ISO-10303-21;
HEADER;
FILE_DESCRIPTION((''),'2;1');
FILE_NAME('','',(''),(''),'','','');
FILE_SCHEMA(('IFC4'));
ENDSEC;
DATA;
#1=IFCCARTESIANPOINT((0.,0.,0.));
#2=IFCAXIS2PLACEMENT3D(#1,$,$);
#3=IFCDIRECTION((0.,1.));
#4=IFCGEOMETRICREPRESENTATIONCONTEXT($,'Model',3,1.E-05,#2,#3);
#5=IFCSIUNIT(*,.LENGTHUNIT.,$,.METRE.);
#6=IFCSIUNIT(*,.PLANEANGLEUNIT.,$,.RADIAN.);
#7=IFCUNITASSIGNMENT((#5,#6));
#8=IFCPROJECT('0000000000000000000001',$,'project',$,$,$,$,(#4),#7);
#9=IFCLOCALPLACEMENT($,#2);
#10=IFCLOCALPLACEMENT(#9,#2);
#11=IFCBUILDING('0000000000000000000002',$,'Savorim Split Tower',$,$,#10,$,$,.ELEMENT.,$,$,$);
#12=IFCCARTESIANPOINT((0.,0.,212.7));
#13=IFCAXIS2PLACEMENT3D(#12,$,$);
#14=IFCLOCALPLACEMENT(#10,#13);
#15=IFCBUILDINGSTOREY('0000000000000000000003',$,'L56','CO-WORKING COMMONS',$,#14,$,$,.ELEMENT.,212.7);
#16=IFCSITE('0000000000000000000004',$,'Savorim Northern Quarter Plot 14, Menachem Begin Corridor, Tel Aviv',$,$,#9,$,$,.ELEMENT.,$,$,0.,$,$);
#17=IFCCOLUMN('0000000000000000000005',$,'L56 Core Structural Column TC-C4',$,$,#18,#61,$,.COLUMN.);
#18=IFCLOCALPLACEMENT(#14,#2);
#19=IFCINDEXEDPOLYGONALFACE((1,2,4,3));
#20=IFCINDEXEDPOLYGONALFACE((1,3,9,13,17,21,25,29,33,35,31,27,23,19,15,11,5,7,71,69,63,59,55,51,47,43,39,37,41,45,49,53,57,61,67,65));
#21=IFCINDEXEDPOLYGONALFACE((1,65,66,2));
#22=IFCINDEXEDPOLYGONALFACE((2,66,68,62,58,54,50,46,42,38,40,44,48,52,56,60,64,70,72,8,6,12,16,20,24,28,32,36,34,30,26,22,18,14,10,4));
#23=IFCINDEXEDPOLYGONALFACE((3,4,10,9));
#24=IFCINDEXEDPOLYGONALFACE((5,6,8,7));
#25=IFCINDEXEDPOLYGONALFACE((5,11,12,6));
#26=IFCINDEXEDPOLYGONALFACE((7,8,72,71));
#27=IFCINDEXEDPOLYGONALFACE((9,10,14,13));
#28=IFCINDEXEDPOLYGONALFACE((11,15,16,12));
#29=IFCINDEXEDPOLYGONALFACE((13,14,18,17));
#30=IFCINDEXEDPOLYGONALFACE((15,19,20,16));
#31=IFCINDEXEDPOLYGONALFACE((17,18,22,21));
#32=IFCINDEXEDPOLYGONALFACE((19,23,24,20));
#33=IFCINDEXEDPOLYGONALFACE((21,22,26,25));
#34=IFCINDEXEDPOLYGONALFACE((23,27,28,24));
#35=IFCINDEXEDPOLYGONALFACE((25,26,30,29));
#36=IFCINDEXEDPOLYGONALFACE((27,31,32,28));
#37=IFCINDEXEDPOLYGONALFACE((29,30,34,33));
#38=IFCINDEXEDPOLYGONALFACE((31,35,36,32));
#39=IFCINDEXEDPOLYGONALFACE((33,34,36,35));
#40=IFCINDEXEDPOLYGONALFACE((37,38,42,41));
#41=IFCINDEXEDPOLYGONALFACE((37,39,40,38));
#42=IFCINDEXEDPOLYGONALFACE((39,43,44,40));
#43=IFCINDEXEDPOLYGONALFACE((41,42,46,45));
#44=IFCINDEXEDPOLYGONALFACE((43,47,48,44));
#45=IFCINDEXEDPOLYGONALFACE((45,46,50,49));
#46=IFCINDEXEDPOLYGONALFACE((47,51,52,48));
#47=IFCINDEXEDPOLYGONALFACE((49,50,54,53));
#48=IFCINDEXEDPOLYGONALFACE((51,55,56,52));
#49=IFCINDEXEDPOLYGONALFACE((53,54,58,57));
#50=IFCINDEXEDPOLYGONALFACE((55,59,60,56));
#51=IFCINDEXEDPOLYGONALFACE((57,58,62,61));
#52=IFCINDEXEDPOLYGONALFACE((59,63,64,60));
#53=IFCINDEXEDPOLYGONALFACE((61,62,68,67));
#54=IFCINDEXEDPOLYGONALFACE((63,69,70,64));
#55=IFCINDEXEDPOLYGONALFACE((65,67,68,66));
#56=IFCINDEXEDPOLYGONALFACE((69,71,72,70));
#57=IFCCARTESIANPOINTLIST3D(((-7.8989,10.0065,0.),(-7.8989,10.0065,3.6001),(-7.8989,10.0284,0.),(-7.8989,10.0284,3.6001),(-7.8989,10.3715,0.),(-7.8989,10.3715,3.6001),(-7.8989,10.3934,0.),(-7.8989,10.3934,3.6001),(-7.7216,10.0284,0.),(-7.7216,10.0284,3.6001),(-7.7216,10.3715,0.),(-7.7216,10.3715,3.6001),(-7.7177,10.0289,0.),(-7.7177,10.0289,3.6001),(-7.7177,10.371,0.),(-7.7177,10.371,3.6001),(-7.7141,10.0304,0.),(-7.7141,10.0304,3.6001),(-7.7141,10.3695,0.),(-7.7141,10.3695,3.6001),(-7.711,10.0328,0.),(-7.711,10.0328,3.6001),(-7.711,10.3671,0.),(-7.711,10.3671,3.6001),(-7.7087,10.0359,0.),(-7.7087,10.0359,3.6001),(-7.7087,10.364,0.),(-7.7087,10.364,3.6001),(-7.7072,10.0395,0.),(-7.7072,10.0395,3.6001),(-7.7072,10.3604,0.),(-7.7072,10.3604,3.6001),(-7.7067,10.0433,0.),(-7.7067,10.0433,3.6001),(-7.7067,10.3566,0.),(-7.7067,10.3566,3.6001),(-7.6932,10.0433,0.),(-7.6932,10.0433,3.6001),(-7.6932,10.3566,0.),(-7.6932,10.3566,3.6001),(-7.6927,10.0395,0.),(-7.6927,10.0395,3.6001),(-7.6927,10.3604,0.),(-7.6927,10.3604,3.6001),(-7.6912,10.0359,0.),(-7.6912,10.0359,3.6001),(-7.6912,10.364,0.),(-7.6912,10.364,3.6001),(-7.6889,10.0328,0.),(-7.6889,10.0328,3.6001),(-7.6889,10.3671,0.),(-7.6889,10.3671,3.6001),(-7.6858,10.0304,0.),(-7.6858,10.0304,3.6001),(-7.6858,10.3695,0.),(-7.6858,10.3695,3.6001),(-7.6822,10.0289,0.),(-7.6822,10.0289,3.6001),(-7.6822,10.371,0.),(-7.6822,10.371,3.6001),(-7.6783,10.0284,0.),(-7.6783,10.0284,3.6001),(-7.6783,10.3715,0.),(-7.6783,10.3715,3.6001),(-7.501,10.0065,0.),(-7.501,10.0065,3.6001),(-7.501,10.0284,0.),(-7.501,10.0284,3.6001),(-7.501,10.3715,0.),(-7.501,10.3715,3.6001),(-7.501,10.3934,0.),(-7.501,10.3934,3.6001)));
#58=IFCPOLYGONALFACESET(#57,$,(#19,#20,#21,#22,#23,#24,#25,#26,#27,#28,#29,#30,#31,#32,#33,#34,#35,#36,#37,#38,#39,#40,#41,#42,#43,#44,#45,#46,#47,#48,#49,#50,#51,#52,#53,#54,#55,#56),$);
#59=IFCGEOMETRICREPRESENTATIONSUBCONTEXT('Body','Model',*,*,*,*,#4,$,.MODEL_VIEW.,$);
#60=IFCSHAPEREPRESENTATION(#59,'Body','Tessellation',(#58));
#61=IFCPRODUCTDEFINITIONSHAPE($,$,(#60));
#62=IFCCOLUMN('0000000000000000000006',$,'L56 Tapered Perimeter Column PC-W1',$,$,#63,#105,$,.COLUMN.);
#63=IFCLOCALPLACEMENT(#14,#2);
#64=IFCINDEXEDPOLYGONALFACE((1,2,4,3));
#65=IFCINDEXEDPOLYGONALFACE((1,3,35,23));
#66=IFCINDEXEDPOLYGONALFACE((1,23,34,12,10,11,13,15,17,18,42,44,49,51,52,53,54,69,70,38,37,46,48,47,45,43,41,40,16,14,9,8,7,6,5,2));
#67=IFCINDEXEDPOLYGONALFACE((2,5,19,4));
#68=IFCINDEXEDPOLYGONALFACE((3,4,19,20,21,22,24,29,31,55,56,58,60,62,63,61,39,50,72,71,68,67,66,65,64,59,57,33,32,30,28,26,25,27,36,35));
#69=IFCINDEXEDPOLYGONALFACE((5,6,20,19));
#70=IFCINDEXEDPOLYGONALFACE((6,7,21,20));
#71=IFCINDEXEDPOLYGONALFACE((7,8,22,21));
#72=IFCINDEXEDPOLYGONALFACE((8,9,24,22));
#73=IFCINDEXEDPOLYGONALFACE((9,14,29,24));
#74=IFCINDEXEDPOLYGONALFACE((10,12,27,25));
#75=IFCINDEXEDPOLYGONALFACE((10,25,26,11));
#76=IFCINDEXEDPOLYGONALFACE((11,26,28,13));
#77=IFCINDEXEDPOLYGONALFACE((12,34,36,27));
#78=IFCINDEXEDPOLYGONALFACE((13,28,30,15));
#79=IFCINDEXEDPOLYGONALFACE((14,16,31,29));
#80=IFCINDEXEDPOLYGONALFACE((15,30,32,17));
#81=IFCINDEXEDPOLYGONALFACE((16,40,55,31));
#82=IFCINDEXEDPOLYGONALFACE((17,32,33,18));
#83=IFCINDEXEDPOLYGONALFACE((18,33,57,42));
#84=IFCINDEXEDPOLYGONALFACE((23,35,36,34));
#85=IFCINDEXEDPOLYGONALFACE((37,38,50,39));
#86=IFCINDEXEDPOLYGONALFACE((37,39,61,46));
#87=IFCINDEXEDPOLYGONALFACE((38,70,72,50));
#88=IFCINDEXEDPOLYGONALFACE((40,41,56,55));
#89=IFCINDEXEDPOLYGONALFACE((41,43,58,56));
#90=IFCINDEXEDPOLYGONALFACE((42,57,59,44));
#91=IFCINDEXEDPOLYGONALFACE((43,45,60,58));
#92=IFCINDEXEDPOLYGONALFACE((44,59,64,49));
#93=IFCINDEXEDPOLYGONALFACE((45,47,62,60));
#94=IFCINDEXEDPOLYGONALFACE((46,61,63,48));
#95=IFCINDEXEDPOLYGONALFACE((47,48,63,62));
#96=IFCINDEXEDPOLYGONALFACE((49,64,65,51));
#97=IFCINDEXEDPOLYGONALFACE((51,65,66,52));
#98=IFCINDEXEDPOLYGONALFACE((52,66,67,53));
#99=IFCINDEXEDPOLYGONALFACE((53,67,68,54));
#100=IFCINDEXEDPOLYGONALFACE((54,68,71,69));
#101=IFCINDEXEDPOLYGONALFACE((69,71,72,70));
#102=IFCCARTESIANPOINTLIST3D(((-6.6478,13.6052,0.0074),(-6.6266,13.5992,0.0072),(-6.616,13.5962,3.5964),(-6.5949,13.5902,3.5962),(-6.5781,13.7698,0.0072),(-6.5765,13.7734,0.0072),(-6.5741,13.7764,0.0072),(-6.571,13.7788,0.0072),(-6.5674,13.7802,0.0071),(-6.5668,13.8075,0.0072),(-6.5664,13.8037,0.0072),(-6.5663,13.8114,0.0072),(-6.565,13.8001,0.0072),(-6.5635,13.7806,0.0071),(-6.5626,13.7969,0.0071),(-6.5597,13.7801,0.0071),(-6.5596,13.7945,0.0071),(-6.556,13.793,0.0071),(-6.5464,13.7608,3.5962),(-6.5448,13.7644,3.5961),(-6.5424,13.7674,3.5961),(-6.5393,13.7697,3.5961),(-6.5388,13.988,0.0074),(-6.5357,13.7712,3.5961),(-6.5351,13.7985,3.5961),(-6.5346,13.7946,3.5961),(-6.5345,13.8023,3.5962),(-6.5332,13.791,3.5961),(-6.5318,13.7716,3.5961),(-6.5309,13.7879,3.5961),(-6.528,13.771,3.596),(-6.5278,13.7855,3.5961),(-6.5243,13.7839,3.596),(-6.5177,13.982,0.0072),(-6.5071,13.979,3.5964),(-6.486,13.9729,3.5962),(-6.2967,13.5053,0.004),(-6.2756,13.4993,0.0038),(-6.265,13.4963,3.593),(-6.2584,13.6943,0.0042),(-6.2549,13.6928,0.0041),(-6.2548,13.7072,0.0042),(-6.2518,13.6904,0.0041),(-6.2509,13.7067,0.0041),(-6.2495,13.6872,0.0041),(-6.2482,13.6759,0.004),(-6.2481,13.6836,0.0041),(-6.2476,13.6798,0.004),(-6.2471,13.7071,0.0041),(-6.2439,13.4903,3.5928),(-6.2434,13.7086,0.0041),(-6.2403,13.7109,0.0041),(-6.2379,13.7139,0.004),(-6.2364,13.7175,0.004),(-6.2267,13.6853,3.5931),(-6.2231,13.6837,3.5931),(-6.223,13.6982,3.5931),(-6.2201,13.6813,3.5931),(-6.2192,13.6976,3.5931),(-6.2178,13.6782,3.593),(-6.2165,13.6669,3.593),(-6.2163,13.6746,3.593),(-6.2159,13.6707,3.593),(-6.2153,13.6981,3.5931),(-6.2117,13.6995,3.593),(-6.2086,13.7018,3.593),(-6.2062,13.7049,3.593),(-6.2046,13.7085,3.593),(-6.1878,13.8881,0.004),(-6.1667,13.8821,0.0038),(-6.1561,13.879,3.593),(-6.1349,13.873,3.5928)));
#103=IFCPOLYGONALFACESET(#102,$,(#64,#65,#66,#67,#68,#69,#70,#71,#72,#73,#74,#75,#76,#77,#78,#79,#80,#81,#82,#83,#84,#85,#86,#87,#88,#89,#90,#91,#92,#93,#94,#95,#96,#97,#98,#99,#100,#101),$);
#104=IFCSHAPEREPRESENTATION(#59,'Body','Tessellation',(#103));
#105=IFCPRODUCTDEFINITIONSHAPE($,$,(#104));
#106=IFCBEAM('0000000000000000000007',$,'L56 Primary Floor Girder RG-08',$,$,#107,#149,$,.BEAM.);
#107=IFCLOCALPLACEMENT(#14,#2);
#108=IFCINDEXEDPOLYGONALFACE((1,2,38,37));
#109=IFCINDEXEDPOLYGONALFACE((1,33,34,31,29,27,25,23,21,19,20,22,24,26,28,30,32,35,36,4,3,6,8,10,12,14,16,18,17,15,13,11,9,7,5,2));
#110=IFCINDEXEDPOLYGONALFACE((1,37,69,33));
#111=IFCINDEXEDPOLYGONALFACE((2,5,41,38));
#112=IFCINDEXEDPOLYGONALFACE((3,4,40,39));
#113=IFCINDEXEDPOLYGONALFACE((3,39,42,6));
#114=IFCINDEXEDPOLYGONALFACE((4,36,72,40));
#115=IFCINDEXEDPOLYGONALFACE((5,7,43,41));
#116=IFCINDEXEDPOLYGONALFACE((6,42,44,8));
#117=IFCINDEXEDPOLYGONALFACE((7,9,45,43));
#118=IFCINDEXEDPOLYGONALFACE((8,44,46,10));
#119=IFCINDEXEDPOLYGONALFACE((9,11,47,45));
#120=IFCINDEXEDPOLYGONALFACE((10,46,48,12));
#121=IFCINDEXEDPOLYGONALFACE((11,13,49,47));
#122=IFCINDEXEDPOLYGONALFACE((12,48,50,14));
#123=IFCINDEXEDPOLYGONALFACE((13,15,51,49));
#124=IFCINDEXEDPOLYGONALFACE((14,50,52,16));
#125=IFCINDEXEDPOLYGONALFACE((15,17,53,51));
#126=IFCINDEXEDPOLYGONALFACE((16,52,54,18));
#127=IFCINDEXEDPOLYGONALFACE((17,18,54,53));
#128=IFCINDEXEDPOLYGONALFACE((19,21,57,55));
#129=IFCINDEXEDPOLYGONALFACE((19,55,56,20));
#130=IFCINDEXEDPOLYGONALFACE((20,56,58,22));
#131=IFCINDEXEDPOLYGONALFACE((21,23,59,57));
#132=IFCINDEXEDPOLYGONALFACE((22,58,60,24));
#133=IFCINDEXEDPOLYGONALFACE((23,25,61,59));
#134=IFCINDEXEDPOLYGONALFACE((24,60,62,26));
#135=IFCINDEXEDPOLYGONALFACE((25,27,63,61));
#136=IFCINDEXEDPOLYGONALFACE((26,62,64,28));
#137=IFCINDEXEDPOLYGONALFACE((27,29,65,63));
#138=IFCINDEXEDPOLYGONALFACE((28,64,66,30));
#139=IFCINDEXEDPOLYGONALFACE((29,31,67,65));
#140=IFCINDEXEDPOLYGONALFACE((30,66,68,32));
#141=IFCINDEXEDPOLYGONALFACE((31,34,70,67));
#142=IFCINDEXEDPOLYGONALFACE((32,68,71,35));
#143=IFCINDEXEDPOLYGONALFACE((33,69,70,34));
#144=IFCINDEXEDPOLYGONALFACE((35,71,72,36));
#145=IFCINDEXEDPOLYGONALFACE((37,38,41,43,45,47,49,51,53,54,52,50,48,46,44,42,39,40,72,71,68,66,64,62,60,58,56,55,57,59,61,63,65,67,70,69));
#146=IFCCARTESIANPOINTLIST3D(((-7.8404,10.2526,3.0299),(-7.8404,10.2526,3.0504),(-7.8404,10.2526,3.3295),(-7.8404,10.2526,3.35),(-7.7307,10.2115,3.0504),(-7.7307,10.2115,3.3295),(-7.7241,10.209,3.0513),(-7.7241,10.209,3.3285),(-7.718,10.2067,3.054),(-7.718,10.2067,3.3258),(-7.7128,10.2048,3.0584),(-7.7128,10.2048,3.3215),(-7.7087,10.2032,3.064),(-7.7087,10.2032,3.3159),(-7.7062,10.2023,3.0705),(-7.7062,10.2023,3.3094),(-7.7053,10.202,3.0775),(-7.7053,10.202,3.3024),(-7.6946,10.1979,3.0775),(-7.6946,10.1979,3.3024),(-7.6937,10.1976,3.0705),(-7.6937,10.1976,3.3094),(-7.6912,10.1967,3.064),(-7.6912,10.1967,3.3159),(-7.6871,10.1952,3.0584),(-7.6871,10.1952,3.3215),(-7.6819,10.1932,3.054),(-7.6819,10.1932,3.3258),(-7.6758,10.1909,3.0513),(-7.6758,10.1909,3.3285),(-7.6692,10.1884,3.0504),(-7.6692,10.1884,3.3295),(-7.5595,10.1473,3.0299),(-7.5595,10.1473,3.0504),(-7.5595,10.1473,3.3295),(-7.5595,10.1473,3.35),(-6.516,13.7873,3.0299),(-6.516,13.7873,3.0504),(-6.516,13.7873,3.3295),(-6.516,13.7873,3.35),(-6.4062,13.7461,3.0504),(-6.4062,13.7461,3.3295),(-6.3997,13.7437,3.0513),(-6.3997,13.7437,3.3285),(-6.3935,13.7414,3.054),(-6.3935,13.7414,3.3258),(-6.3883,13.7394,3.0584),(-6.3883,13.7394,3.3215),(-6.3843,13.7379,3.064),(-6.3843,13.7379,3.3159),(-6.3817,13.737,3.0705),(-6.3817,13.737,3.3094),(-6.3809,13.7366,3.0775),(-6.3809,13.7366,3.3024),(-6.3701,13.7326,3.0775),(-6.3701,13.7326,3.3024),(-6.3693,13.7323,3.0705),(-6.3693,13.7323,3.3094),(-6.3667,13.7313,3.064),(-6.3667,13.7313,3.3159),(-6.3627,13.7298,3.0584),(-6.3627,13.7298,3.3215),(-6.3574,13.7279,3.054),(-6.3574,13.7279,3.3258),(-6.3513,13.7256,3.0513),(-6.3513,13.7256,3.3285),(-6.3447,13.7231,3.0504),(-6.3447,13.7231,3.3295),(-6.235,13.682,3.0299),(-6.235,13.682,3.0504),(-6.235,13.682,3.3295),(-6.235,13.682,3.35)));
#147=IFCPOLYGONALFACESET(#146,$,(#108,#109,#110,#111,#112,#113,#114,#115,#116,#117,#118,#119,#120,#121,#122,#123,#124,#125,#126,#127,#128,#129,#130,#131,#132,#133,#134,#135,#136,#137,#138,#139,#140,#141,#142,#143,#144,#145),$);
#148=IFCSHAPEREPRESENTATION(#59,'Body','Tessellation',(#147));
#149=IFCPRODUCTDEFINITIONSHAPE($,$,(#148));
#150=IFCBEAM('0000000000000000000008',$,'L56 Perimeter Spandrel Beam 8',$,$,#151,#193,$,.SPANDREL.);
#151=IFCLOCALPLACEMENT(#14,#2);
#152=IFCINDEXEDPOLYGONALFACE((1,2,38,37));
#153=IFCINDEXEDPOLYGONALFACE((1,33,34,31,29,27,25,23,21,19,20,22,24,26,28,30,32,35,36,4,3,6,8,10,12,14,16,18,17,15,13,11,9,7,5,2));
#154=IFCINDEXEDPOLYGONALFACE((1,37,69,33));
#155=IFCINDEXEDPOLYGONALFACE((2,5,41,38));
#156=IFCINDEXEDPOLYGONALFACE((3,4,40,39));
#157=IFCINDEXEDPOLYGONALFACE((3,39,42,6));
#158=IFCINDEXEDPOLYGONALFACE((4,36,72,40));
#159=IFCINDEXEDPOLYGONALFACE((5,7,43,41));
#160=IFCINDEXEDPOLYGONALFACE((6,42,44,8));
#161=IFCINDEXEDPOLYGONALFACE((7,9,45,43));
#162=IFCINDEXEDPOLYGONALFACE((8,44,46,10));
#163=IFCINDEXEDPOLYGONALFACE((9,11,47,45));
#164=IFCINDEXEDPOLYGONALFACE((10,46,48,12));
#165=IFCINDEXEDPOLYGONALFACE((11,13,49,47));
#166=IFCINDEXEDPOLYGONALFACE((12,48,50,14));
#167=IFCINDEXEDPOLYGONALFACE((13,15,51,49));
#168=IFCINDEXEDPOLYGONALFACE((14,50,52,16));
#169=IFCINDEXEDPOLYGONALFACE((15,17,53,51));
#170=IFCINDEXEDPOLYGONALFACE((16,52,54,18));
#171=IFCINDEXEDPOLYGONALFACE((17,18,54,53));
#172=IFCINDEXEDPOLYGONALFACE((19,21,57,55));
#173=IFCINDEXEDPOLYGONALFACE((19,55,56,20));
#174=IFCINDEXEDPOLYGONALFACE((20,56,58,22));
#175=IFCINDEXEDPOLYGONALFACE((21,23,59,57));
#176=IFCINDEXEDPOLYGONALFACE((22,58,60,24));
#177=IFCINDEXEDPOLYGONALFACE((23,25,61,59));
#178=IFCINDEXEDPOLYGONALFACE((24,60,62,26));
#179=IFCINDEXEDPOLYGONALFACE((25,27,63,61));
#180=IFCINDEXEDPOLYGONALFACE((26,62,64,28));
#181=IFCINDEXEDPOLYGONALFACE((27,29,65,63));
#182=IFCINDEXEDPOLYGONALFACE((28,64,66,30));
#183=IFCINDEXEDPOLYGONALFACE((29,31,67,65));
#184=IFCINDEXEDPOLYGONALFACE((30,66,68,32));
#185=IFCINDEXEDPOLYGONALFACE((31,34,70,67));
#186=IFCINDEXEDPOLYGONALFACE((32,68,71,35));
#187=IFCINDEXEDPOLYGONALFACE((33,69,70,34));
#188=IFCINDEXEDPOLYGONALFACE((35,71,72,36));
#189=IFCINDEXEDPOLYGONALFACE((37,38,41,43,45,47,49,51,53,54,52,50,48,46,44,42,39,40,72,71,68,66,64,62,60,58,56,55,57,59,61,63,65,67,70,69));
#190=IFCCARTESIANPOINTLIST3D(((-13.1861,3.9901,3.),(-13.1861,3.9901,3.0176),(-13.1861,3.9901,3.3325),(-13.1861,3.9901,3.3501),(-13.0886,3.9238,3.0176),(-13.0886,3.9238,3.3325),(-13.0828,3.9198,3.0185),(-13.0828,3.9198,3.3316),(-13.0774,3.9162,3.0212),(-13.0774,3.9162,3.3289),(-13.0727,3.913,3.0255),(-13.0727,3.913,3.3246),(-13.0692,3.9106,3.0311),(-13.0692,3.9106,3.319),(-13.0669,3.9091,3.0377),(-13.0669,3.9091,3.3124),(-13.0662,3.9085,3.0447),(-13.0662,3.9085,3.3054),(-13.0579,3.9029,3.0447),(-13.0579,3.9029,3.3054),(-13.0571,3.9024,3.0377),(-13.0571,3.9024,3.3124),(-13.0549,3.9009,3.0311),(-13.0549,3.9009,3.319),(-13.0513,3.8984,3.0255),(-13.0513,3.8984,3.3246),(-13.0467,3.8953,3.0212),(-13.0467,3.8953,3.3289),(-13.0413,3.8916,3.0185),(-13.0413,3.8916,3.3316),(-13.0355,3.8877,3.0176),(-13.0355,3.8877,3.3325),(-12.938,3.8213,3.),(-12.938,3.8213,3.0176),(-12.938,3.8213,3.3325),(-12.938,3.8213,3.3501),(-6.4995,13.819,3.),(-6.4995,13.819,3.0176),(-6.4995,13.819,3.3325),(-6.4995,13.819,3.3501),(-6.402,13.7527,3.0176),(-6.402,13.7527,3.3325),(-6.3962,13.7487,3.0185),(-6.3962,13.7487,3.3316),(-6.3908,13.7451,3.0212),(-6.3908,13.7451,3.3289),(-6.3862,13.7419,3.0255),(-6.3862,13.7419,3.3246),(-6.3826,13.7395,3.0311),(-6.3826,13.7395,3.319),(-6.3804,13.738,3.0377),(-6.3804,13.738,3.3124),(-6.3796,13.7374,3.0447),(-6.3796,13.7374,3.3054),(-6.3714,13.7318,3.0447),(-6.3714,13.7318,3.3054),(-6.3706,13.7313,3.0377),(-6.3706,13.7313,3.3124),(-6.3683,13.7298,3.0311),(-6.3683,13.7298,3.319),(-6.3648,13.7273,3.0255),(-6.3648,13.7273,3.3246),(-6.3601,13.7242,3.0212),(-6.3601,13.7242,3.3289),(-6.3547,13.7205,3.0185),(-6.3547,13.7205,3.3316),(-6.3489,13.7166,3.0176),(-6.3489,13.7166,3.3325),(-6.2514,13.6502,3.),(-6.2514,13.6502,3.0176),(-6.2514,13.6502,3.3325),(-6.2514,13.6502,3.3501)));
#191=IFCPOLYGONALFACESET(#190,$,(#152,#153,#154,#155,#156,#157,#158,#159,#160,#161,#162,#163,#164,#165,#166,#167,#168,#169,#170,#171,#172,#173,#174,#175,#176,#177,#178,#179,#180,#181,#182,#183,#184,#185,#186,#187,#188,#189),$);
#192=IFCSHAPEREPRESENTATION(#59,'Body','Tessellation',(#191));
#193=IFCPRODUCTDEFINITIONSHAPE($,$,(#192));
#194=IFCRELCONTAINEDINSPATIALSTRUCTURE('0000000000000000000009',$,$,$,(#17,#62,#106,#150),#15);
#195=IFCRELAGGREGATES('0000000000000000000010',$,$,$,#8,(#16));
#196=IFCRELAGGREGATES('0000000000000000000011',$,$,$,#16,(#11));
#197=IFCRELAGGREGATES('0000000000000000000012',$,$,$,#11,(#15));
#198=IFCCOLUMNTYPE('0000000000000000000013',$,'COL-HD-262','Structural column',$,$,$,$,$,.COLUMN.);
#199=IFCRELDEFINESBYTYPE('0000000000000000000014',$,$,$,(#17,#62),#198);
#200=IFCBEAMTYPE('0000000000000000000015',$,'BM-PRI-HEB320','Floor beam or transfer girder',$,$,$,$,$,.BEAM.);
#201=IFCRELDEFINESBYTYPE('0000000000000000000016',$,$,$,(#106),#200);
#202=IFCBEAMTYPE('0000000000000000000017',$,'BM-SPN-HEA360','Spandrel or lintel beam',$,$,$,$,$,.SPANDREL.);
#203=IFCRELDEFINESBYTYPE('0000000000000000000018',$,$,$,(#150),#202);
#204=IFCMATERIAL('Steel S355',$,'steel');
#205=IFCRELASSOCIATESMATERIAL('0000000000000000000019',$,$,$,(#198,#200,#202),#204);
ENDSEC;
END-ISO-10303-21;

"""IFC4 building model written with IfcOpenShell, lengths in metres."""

from ifc_helpers import new_model, si_unit, direction, frame, origin, origin_2d, place, context, subcontext, project, spatial, i_section, extrude, material, material_profile, profile_set, type_object, element, save


model = new_model("IFC4")

# Units and contexts
model_context = context("Model", 3, precision=1e-05, world=origin(), true_north=direction((0.0, 1.0)))
body_context = subcontext(model_context, "Body", "Model", "MODEL_VIEW")
ifc_project = project(units=[si_unit("LENGTHUNIT", "METRE"), si_unit("PLANEANGLEUNIT", "RADIAN")], contexts=[model_context])

# Site, building, storey
site_placement = place(None, origin())
site = spatial("IfcSite", under=ifc_project, at=site_placement, Name="Savorim Northern Quarter Plot 14, Menachem Begin Corridor, Tel Aviv", CompositionType="ELEMENT", RefElevation=0.0)
building_placement = place(site_placement, origin())
building = spatial("IfcBuilding", under=site, at=building_placement, Name="Savorim Split Tower", CompositionType="ELEMENT")
storey_placement = place(building_placement, frame((0.0, 0.0, 212.7)))
storey = spatial("IfcBuildingStorey", under=building, at=storey_placement, Name="L56", Description="CO-WORKING COMMONS", CompositionType="ELEMENT", Elevation=212.7)

# Columns
ifc_material_1 = material(Name="Steel S355", Category="steel")
ifc_material_profile_1 = material_profile(ifc_material_1, i_section(OverallWidth=0.3979, OverallDepth=0.387, WebThickness=0.0134, FlangeThickness=0.022, FilletRadius=0.0149, at=origin_2d()), Name="HD 400x262")
ifc_profile_set_1 = profile_set([ifc_material_profile_1], Name="Steel S355")
column_type = type_object("IfcColumnType", Name="COL-HD-262", Description="Structural column", PredefinedType="COLUMN", material=ifc_profile_set_1)
column_1_placement = place(storey_placement, frame((-7.7, 10.2, 0.0), z_axis=(0.0, 0.0, 1.0), x_axis=(1.0, 0.0, 0.0)))
element("IfcColumn", 1, at=column_1_placement, inside=storey, type_object=column_type, Name="L56 Core Structural Column TC-C4", PredefinedType="COLUMN", context=body_context, shape_type="SweptSolid", body=[
    extrude(i_section(OverallWidth=0.3979, OverallDepth=0.387, WebThickness=0.0134, FlangeThickness=0.022, FilletRadius=0.0149, at=origin_2d()), origin(), (0.0, 0.0, 1.0), 3.6001),
])
column_2_placement = place(storey_placement, frame((-6.4072, 13.7437, 0.0056), z_axis=(0.008843, -0.002517, 0.999958), x_axis=(0.273744, 0.961803, 0.0)))
element("IfcColumn", 2, at=column_2_placement, inside=storey, type_object=column_type, Name="L56 Tapered Perimeter Column PC-W1", PredefinedType="COLUMN", context=body_context, shape_type="SweptSolid", body=[
    extrude(i_section(OverallWidth=0.3979, OverallDepth=0.387, WebThickness=0.0134, FlangeThickness=0.022, FilletRadius=0.0149, at=origin_2d()), origin(), (0.0, 0.0, 1.0), 3.5891),
])

# Beams
ifc_material_profile_2 = material_profile(ifc_material_1, i_section(OverallWidth=0.3, OverallDepth=0.3201, WebThickness=0.0115, FlangeThickness=0.0205, FilletRadius=0.0271, at=origin_2d()), Name="HEB 320")
ifc_profile_set_2 = profile_set([ifc_material_profile_2], Name="Steel S355")
beam_type_1 = type_object("IfcBeamType", Name="BM-PRI-HEB320", Description="Floor beam or transfer girder", PredefinedType="BEAM", material=ifc_profile_set_2)
beam_1_placement = place(storey_placement, frame((-6.3755, 13.7346, 3.1899), z_axis=(-0.350882, -0.93642, 0.0), x_axis=(0.93642, -0.350882, 0.0)))
element("IfcBeam", 3, at=beam_1_placement, inside=storey, type_object=beam_type_1, Name="L56 Primary Floor Girder RG-08", PredefinedType="BEAM", context=body_context, shape_type="SweptSolid", body=[
    extrude(i_section(OverallWidth=0.3, OverallDepth=0.3201, WebThickness=0.0115, FlangeThickness=0.0205, FilletRadius=0.0271, at=origin_2d()), origin(), (0.0, 0.0, 1.0), 3.7747),
])
ifc_material_profile_3 = material_profile(ifc_material_1, i_section(OverallWidth=0.3, OverallDepth=0.3501, WebThickness=0.01, FlangeThickness=0.0176, FilletRadius=0.0271, at=origin_2d()), Name="HEA 360")
ifc_profile_set_3 = profile_set([ifc_material_profile_3], Name="Steel S355")
beam_type_2 = type_object("IfcBeamType", Name="BM-SPN-HEA360", Description="Spandrel or lintel beam", PredefinedType="SPANDREL", material=ifc_profile_set_3)
beam_2_placement = place(storey_placement, frame((-6.3755, 13.7346, 3.175), z_axis=(-0.562477, -0.826813, 0.0), x_axis=(0.826813, -0.562477, 0.0)))
element("IfcBeam", 4, at=beam_2_placement, inside=storey, type_object=beam_type_2, Name="L56 Perimeter Spandrel Beam 8", PredefinedType="SPANDREL", context=body_context, shape_type="SweptSolid", body=[
    extrude(i_section(OverallWidth=0.3, OverallDepth=0.3501, WebThickness=0.01, FlangeThickness=0.0176, FilletRadius=0.0271, at=origin_2d()), origin(), (0.0, 0.0, 1.0), 11.8877),
])

save(model, "model.ifc")
